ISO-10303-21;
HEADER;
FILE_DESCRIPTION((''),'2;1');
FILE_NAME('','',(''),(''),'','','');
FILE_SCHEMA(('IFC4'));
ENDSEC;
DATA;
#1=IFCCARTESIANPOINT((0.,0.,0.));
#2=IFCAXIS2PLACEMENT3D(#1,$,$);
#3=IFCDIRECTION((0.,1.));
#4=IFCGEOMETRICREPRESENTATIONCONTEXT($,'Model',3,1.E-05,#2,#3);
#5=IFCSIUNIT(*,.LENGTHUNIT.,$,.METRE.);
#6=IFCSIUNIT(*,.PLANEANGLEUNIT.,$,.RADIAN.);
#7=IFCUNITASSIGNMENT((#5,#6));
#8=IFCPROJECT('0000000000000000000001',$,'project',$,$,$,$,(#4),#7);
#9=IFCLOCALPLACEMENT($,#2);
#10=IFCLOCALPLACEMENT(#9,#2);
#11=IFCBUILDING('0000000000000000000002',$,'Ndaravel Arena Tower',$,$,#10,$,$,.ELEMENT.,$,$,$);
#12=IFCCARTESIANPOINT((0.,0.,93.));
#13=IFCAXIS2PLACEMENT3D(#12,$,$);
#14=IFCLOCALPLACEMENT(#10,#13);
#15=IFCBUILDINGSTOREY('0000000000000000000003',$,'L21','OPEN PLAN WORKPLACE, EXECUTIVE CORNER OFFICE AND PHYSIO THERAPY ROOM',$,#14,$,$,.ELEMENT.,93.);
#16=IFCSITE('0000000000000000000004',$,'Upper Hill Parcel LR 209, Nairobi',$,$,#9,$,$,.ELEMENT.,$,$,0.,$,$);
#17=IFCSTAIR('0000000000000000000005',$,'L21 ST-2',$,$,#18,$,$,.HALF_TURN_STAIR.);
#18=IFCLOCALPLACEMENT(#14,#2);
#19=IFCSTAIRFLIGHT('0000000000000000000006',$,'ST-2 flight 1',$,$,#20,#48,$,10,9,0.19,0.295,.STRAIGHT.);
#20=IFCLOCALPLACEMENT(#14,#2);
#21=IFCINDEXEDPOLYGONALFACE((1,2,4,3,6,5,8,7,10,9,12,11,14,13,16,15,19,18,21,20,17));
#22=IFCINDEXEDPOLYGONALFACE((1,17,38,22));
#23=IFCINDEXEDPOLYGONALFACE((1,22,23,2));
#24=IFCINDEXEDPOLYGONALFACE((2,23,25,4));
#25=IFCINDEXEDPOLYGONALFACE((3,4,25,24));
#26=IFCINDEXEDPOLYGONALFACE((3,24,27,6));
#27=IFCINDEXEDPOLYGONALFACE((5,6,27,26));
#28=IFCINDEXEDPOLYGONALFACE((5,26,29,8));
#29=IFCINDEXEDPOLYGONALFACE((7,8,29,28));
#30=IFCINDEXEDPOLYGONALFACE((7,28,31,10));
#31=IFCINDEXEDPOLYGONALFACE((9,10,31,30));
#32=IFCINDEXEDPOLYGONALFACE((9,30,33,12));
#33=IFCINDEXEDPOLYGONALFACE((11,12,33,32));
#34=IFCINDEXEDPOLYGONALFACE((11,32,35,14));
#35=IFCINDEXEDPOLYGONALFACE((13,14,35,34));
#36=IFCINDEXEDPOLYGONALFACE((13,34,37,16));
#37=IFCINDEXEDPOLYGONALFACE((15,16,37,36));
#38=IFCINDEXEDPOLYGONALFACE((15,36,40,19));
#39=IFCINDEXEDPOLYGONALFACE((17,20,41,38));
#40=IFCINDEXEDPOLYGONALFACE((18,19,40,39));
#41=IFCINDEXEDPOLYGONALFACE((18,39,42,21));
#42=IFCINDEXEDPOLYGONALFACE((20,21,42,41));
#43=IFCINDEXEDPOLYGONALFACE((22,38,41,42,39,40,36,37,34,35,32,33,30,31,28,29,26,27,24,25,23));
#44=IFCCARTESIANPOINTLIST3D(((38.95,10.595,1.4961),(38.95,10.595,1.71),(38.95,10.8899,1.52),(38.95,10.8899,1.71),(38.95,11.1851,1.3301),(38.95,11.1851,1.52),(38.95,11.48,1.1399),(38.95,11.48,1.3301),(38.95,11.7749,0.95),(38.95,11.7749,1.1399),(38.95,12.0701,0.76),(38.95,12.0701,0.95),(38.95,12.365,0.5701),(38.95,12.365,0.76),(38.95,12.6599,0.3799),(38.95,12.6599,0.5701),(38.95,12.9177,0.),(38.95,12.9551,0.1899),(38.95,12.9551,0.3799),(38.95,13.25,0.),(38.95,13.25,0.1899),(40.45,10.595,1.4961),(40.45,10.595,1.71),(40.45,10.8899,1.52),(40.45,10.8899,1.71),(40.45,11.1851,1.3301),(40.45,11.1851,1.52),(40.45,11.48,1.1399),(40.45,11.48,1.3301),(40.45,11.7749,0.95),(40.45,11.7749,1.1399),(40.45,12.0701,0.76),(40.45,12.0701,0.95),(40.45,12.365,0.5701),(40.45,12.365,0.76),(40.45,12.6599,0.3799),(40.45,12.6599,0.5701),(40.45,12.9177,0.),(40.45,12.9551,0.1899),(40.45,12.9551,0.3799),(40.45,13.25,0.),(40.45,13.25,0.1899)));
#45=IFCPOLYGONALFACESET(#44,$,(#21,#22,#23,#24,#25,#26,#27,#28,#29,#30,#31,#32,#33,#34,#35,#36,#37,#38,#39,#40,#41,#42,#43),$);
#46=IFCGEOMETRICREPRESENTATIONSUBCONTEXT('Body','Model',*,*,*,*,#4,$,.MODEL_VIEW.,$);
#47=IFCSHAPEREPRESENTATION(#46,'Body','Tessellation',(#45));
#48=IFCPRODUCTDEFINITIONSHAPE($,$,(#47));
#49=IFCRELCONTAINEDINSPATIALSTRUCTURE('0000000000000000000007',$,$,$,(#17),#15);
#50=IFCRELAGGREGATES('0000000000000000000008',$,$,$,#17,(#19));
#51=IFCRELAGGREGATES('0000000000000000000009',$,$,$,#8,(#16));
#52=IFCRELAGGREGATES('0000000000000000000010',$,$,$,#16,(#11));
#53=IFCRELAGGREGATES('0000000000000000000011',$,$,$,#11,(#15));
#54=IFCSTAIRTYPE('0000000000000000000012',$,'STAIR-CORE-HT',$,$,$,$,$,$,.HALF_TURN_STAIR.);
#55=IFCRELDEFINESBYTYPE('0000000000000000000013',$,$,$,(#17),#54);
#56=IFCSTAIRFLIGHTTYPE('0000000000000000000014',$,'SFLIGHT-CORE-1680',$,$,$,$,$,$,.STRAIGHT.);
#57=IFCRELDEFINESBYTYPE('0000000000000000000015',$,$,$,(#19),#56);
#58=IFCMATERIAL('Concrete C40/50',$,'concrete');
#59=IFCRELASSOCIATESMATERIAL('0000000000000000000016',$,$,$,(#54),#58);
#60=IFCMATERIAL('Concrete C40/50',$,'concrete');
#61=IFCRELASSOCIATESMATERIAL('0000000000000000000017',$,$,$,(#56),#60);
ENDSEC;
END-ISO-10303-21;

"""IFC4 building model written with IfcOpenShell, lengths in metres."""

from ifc_helpers import new_model, si_unit, direction, frame, origin, place, context, subcontext, project, spatial, polyline, outline, extrude, material, type_object, element, aggregate, save


model = new_model("IFC4")

# Units and contexts
model_context = context("Model", 3, precision=1e-05, world=origin(), true_north=direction((0.0, 1.0)))
body_context = subcontext(model_context, "Body", "Model", "MODEL_VIEW")
ifc_project = project(units=[si_unit("LENGTHUNIT", "METRE"), si_unit("PLANEANGLEUNIT", "RADIAN")], contexts=[model_context])

# Site, building, storey
site_placement = place(None, origin())
site = spatial("IfcSite", under=ifc_project, at=site_placement, Name="Upper Hill Parcel LR 209, Nairobi", CompositionType="ELEMENT", RefElevation=0.0)
building_placement = place(site_placement, origin())
building = spatial("IfcBuilding", under=site, at=building_placement, Name="Ndaravel Arena Tower", CompositionType="ELEMENT")
storey_placement = place(building_placement, frame((0.0, 0.0, 93.0)))
storey = spatial("IfcBuildingStorey", under=building, at=storey_placement, Name="L21", Description="OPEN PLAN WORKPLACE, EXECUTIVE CORNER OFFICE AND PHYSIO THERAPY ROOM", CompositionType="ELEMENT", Elevation=93.0)

# Stair, stair flight
ifc_material_1 = material(Name="Concrete C40/50", Category="concrete")
stair_type = type_object("IfcStairType", Name="STAIR-CORE-HT", PredefinedType="HALF_TURN_STAIR", material=ifc_material_1)
stair_placement = place(storey_placement, origin())
stair = element("IfcStair", 1, at=stair_placement, inside=storey, type_object=stair_type, Name="L21 ST-2", PredefinedType="HALF_TURN_STAIR")
ifc_material_2 = material(Name="Concrete C40/50", Category="concrete")
stair_flight_type = type_object("IfcStairFlightType", Name="SFLIGHT-CORE-1680", PredefinedType="STRAIGHT", material=ifc_material_2)
stair_flight_placement = place(storey_placement, frame((39.7, 13.25, 0.0), z_axis=(0.0, 0.0, 1.0), x_axis=(0.0, -1.0, 0.0)))
stair_flight = element("IfcStairFlight", 2, at=stair_flight_placement, type_object=stair_flight_type, Name="ST-2 flight 1", NumberOfRisers=10, NumberOfTreads=9, PredefinedType="STRAIGHT", RiserHeight=0.19, TreadLength=0.295, context=body_context, shape_type="SweptSolid", body=[
    extrude(outline(polyline([(0.0, 0.0), (0.0, 0.1899), (0.2949, 0.1899), (0.2949, 0.3799), (0.5901, 0.3799), (0.5901, 0.5701), (0.885, 0.5701), (0.885, 0.76), (1.1799, 0.76), (1.1799, 0.95), (1.4751, 0.95), (1.4751, 1.1399), (1.77, 1.1399), (1.77, 1.3301), (2.0649, 1.3301), (2.0649, 1.52), (2.3601, 1.52), (2.3601, 1.71), (2.655, 1.71), (2.655, 1.8999), (2.655, 1.4961), (0.3323, 0.0), (0.0, 0.0)])), frame((0.0, 0.75, 0.0), z_axis=(0.0, -1.0, 0.0), x_axis=(1.0, 0.0, 0.0)), (0.0, 0.0, 1.0), 1.5),
])
aggregate(stair, [stair_flight])

save(model, "model.ifc")
